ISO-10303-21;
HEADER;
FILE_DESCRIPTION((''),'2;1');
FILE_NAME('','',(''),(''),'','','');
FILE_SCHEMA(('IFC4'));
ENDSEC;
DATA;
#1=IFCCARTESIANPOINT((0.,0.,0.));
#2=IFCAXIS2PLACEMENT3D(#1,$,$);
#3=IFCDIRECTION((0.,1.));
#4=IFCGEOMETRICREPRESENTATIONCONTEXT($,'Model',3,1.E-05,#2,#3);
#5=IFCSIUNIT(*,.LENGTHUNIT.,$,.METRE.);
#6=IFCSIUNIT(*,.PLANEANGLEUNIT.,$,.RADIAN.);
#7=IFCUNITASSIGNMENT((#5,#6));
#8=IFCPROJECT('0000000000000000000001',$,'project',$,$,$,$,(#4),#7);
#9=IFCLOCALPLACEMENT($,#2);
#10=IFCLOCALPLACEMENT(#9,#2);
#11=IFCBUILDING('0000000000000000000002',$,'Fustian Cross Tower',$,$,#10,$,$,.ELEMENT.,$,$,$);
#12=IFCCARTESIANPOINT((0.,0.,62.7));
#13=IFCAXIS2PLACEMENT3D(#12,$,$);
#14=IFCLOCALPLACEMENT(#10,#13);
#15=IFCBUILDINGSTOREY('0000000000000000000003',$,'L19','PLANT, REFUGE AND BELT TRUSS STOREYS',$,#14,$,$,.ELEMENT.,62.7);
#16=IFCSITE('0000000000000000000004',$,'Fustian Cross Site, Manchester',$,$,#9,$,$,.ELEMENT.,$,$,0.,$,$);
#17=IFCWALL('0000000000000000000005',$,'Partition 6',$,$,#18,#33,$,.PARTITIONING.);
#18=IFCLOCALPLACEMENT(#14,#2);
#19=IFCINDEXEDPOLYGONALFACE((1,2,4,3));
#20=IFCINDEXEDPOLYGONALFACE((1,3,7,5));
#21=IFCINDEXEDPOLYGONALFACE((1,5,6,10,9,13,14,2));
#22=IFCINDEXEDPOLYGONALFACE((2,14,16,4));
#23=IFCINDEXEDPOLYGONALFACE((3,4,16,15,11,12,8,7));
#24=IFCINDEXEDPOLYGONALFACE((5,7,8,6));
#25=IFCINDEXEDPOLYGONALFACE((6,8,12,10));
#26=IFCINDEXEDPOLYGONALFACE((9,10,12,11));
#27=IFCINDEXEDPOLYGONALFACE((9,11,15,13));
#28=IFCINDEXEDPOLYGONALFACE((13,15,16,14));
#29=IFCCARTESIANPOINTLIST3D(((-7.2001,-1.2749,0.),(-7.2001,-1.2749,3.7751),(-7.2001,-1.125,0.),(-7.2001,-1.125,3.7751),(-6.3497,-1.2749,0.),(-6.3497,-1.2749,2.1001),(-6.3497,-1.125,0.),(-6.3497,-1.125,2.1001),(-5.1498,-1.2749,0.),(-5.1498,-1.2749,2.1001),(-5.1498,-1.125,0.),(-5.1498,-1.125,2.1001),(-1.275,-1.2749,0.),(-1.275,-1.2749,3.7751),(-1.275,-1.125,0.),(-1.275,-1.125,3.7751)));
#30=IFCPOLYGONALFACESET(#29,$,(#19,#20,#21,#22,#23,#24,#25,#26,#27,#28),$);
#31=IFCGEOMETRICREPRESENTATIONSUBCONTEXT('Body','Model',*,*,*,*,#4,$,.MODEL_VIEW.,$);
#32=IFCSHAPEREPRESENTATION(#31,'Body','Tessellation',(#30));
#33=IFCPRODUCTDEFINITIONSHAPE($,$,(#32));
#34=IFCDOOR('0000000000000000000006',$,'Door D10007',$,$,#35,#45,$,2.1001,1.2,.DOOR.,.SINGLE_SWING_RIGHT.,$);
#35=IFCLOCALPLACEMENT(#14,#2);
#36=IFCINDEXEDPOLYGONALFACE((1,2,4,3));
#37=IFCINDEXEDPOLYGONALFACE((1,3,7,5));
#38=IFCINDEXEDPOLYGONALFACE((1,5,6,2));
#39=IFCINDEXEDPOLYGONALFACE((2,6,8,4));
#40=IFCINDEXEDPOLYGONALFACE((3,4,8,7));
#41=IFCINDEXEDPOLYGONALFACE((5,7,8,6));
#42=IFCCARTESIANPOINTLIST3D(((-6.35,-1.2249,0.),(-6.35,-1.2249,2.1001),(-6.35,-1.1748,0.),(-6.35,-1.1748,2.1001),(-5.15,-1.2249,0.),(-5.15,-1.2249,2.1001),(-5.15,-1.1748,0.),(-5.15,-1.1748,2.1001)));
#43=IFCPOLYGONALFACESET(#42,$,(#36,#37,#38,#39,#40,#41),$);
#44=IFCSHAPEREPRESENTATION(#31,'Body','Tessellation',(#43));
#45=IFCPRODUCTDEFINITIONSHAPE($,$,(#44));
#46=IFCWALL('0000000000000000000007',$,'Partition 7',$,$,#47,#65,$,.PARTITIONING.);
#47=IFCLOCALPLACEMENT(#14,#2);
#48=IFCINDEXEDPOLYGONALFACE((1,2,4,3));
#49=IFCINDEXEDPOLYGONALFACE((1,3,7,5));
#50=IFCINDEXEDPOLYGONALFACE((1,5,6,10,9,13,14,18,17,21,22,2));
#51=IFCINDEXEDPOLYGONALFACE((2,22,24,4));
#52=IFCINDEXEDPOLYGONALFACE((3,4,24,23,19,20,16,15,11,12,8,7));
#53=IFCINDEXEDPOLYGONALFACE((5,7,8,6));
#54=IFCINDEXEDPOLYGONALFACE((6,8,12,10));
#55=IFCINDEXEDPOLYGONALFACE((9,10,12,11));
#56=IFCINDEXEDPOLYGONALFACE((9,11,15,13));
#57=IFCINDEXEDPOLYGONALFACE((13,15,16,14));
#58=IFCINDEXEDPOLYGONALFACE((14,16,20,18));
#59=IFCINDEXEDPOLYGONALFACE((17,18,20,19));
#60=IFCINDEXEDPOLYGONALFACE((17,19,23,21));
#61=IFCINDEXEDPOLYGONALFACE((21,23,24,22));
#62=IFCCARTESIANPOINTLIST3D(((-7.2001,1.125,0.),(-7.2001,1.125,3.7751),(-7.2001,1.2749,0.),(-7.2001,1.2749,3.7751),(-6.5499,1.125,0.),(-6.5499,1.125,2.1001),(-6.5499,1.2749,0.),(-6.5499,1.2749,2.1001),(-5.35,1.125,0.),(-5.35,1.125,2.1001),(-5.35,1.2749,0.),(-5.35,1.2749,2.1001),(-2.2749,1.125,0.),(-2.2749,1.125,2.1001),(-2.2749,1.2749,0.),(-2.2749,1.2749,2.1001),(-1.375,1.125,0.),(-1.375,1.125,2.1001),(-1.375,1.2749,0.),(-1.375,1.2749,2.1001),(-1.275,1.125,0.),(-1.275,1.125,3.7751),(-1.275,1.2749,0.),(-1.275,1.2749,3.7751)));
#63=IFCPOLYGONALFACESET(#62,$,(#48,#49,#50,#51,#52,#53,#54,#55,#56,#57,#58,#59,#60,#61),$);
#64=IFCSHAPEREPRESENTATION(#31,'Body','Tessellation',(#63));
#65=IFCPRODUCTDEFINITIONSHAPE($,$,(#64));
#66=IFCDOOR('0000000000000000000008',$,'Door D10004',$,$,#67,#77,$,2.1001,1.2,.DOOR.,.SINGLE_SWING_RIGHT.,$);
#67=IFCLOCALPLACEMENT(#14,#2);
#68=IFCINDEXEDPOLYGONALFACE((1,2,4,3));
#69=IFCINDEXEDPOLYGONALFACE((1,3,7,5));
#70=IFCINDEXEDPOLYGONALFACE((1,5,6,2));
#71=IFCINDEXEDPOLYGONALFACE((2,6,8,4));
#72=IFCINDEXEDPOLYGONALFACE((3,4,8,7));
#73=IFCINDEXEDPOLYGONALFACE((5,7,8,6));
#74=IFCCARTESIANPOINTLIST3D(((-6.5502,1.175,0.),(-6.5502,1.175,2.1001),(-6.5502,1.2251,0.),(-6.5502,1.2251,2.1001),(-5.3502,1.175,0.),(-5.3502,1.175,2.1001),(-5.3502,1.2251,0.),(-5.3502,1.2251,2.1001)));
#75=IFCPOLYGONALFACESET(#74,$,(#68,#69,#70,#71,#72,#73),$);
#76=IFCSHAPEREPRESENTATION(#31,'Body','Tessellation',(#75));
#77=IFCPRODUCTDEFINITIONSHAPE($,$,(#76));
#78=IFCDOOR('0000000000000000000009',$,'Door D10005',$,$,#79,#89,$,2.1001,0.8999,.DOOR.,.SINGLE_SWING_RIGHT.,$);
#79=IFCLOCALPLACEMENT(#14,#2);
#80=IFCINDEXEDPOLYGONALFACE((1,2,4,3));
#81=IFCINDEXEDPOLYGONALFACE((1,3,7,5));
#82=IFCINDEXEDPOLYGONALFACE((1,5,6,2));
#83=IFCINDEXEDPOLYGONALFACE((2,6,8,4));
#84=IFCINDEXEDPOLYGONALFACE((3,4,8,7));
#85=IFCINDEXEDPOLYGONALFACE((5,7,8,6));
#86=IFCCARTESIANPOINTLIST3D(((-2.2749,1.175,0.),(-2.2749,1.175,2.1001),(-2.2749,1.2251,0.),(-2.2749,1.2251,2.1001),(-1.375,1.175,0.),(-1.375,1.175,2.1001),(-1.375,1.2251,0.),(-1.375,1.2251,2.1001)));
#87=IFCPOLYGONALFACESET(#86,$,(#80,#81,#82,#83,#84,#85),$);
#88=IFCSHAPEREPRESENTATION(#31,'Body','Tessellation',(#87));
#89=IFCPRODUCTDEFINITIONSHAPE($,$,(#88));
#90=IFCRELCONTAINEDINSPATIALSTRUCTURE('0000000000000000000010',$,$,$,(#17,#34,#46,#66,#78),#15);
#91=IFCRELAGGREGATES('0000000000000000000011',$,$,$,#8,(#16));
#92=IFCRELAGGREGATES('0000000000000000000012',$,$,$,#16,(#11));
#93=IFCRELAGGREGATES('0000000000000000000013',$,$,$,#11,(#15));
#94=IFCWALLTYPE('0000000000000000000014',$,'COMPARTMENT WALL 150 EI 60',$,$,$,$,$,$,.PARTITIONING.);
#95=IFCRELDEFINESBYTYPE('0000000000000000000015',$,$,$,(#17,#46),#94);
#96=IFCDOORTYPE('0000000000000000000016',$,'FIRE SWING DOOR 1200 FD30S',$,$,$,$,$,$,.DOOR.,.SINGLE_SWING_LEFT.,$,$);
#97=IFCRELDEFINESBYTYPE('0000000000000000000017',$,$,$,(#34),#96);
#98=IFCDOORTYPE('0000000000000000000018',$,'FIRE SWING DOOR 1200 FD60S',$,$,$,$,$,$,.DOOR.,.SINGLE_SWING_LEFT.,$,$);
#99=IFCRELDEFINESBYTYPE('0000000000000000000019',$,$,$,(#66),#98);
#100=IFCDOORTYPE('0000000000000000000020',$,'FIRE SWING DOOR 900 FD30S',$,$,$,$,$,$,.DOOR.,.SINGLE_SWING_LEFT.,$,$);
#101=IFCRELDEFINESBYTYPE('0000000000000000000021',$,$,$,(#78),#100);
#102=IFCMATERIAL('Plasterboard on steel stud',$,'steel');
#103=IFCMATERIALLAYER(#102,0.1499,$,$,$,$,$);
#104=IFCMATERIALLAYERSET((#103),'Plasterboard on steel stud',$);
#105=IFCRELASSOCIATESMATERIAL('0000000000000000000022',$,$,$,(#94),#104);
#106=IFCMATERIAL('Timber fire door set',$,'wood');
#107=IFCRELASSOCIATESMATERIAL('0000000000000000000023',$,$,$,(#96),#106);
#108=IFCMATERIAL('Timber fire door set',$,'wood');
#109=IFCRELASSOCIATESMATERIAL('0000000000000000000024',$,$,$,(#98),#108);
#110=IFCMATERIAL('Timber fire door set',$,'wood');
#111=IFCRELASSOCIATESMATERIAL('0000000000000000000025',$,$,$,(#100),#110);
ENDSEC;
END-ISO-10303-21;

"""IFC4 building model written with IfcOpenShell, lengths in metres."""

from ifc_helpers import new_model, si_unit, direction, frame, frame_2d, origin, place, context, subcontext, project, spatial, rectangle, extrude, material, layer, layer_set, type_object, element, fill, save


model = new_model("IFC4")

# Units and contexts
model_context = context("Model", 3, precision=1e-05, world=origin(), true_north=direction((0.0, 1.0)))
body_context = subcontext(model_context, "Body", "Model", "MODEL_VIEW")
ifc_project = project(units=[si_unit("LENGTHUNIT", "METRE"), si_unit("PLANEANGLEUNIT", "RADIAN")], contexts=[model_context])

# Site, building, storey
site_placement = place(None, origin())
site = spatial("IfcSite", under=ifc_project, at=site_placement, Name="Fustian Cross Site, Manchester", CompositionType="ELEMENT", RefElevation=0.0)
building_placement = place(site_placement, origin())
building = spatial("IfcBuilding", under=site, at=building_placement, Name="Fustian Cross Tower", CompositionType="ELEMENT")
storey_placement = place(building_placement, frame((0.0, 0.0, 62.7)))
storey = spatial("IfcBuildingStorey", under=building, at=storey_placement, Name="L19", Description="PLANT, REFUGE AND BELT TRUSS STOREYS", CompositionType="ELEMENT", Elevation=62.7)

# Wall, opening, door
ifc_material_1 = material(Name="Plasterboard on steel stud", Category="steel")
ifc_layer_1 = layer(ifc_material_1, 0.1499)
ifc_layer_set_1 = layer_set([ifc_layer_1], Name="Plasterboard on steel stud")
wall_type_1 = type_object("IfcWallType", Name="COMPARTMENT WALL 150 EI 60", PredefinedType="PARTITIONING", material=ifc_layer_set_1)
wall_1_placement = place(storey_placement, frame((-7.2, -1.2, 0.0), z_axis=(0.0, 0.0, 1.0), x_axis=(1.0, 0.0, 0.0)))
wall_1 = element("IfcWall", 1, at=wall_1_placement, inside=storey, type_object=wall_type_1, Name="Partition 6", PredefinedType="PARTITIONING", context=body_context, shape_type="SweptSolid", body=[
    extrude(rectangle(XDim=5.925, YDim=0.1499, at=frame_2d((2.9624, 0.0))), origin(), (0.0, 0.0, 1.0), 3.7751),
])
opening_1_placement = place(wall_1_placement, frame((0.8501, 0.0, 0.0)))
opening_1 = element("IfcOpeningElement", 2, at=opening_1_placement, cuts=wall_1, PredefinedType="OPENING", context=body_context, shape_type="SweptSolid", body=[
    extrude(rectangle(XDim=1.2, YDim=2.1001, at=frame_2d((0.6001, 1.05))), frame((0.0, 0.085, 0.0), z_axis=(0.0, -1.0, 0.0), x_axis=(1.0, 0.0, 0.0)), (0.0, 0.0, 1.0), 0.1699),
])
ifc_material_2 = material(Name="Timber fire door set", Category="wood")
door_type_1 = type_object("IfcDoorType", Name="FIRE SWING DOOR 1200 FD30S", OperationType="SINGLE_SWING_LEFT", PredefinedType="DOOR", material=ifc_material_2)
door_1_placement = place(opening_1_placement, frame((1.2, 0.0, 0.0), z_axis=(0.0, 0.0, 1.0), x_axis=(-1.0, 0.0, 0.0)))
door_1 = element("IfcDoor", 3, at=door_1_placement, inside=storey, type_object=door_type_1, Name="Door D10007", OperationType="SINGLE_SWING_RIGHT", OverallHeight=2.1001, OverallWidth=1.2, PredefinedType="DOOR", context=body_context, shape_type="SweptSolid", body=[
    extrude(rectangle(XDim=1.2, YDim=2.1001, at=frame_2d((0.6001, 1.05))), frame((0.0, 0.0249, 0.0), z_axis=(0.0, -1.0, 0.0), x_axis=(1.0, 0.0, 0.0)), (0.0, 0.0, 1.0), 0.05),
])
fill(opening_1, door_1)

# Wall, openings, doors
wall_2_placement = place(storey_placement, frame((-7.2, 1.2, 0.0), z_axis=(0.0, 0.0, 1.0), x_axis=(1.0, 0.0, 0.0)))
wall_2 = element("IfcWall", 4, at=wall_2_placement, inside=storey, type_object=wall_type_1, Name="Partition 7", PredefinedType="PARTITIONING", context=body_context, shape_type="SweptSolid", body=[
    extrude(rectangle(XDim=5.925, YDim=0.1499, at=frame_2d((2.9624, 0.0))), origin(), (0.0, 0.0, 1.0), 3.7751),
])
opening_2_placement = place(wall_2_placement, frame((0.6499, 0.0, 0.0)))
opening_2 = element("IfcOpeningElement", 5, at=opening_2_placement, cuts=wall_2, PredefinedType="OPENING", context=body_context, shape_type="SweptSolid", body=[
    extrude(rectangle(XDim=1.2, YDim=2.1001, at=frame_2d((0.6001, 1.05))), frame((0.0, 0.085, 0.0), z_axis=(0.0, -1.0, 0.0), x_axis=(1.0, 0.0, 0.0)), (0.0, 0.0, 1.0), 0.1699),
])
opening_3_placement = place(wall_2_placement, frame((4.925, 0.0, 0.0)))
opening_3 = element("IfcOpeningElement", 6, at=opening_3_placement, cuts=wall_2, PredefinedType="OPENING", context=body_context, shape_type="SweptSolid", body=[
    extrude(rectangle(XDim=0.8999, YDim=2.1001, at=frame_2d((0.45, 1.05))), frame((0.0, 0.085, 0.0), z_axis=(0.0, -1.0, 0.0), x_axis=(1.0, 0.0, 0.0)), (0.0, 0.0, 1.0), 0.1699),
])
ifc_material_3 = material(Name="Timber fire door set", Category="wood")
door_type_2 = type_object("IfcDoorType", Name="FIRE SWING DOOR 1200 FD60S", OperationType="SINGLE_SWING_LEFT", PredefinedType="DOOR", material=ifc_material_3)
door_2_placement = place(opening_2_placement, frame((1.2, 0.0, 0.0), z_axis=(0.0, 0.0, 1.0), x_axis=(-1.0, 0.0, 0.0)))
door_2 = element("IfcDoor", 7, at=door_2_placement, inside=storey, type_object=door_type_2, Name="Door D10004", OperationType="SINGLE_SWING_RIGHT", OverallHeight=2.1001, OverallWidth=1.2, PredefinedType="DOOR", context=body_context, shape_type="SweptSolid", body=[
    extrude(rectangle(XDim=1.2, YDim=2.1001, at=frame_2d((0.6001, 1.05))), frame((0.0, 0.0249, 0.0), z_axis=(0.0, -1.0, 0.0), x_axis=(1.0, 0.0, 0.0)), (0.0, 0.0, 1.0), 0.05),
])
fill(opening_2, door_2)
ifc_material_4 = material(Name="Timber fire door set", Category="wood")
door_type_3 = type_object("IfcDoorType", Name="FIRE SWING DOOR 900 FD30S", OperationType="SINGLE_SWING_LEFT", PredefinedType="DOOR", material=ifc_material_4)
door_3_placement = place(opening_3_placement, frame((0.8999, 0.0, 0.0), z_axis=(0.0, 0.0, 1.0), x_axis=(-1.0, 0.0, 0.0)))
door_3 = element("IfcDoor", 8, at=door_3_placement, inside=storey, type_object=door_type_3, Name="Door D10005", OperationType="SINGLE_SWING_RIGHT", OverallHeight=2.1001, OverallWidth=0.8999, PredefinedType="DOOR", context=body_context, shape_type="SweptSolid", body=[
    extrude(rectangle(XDim=0.8999, YDim=2.1001, at=frame_2d((0.45, 1.05))), frame((0.0, 0.0249, 0.0), z_axis=(0.0, -1.0, 0.0), x_axis=(1.0, 0.0, 0.0)), (0.0, 0.0, 1.0), 0.05),
])
fill(opening_3, door_3)

save(model, "model.ifc")
